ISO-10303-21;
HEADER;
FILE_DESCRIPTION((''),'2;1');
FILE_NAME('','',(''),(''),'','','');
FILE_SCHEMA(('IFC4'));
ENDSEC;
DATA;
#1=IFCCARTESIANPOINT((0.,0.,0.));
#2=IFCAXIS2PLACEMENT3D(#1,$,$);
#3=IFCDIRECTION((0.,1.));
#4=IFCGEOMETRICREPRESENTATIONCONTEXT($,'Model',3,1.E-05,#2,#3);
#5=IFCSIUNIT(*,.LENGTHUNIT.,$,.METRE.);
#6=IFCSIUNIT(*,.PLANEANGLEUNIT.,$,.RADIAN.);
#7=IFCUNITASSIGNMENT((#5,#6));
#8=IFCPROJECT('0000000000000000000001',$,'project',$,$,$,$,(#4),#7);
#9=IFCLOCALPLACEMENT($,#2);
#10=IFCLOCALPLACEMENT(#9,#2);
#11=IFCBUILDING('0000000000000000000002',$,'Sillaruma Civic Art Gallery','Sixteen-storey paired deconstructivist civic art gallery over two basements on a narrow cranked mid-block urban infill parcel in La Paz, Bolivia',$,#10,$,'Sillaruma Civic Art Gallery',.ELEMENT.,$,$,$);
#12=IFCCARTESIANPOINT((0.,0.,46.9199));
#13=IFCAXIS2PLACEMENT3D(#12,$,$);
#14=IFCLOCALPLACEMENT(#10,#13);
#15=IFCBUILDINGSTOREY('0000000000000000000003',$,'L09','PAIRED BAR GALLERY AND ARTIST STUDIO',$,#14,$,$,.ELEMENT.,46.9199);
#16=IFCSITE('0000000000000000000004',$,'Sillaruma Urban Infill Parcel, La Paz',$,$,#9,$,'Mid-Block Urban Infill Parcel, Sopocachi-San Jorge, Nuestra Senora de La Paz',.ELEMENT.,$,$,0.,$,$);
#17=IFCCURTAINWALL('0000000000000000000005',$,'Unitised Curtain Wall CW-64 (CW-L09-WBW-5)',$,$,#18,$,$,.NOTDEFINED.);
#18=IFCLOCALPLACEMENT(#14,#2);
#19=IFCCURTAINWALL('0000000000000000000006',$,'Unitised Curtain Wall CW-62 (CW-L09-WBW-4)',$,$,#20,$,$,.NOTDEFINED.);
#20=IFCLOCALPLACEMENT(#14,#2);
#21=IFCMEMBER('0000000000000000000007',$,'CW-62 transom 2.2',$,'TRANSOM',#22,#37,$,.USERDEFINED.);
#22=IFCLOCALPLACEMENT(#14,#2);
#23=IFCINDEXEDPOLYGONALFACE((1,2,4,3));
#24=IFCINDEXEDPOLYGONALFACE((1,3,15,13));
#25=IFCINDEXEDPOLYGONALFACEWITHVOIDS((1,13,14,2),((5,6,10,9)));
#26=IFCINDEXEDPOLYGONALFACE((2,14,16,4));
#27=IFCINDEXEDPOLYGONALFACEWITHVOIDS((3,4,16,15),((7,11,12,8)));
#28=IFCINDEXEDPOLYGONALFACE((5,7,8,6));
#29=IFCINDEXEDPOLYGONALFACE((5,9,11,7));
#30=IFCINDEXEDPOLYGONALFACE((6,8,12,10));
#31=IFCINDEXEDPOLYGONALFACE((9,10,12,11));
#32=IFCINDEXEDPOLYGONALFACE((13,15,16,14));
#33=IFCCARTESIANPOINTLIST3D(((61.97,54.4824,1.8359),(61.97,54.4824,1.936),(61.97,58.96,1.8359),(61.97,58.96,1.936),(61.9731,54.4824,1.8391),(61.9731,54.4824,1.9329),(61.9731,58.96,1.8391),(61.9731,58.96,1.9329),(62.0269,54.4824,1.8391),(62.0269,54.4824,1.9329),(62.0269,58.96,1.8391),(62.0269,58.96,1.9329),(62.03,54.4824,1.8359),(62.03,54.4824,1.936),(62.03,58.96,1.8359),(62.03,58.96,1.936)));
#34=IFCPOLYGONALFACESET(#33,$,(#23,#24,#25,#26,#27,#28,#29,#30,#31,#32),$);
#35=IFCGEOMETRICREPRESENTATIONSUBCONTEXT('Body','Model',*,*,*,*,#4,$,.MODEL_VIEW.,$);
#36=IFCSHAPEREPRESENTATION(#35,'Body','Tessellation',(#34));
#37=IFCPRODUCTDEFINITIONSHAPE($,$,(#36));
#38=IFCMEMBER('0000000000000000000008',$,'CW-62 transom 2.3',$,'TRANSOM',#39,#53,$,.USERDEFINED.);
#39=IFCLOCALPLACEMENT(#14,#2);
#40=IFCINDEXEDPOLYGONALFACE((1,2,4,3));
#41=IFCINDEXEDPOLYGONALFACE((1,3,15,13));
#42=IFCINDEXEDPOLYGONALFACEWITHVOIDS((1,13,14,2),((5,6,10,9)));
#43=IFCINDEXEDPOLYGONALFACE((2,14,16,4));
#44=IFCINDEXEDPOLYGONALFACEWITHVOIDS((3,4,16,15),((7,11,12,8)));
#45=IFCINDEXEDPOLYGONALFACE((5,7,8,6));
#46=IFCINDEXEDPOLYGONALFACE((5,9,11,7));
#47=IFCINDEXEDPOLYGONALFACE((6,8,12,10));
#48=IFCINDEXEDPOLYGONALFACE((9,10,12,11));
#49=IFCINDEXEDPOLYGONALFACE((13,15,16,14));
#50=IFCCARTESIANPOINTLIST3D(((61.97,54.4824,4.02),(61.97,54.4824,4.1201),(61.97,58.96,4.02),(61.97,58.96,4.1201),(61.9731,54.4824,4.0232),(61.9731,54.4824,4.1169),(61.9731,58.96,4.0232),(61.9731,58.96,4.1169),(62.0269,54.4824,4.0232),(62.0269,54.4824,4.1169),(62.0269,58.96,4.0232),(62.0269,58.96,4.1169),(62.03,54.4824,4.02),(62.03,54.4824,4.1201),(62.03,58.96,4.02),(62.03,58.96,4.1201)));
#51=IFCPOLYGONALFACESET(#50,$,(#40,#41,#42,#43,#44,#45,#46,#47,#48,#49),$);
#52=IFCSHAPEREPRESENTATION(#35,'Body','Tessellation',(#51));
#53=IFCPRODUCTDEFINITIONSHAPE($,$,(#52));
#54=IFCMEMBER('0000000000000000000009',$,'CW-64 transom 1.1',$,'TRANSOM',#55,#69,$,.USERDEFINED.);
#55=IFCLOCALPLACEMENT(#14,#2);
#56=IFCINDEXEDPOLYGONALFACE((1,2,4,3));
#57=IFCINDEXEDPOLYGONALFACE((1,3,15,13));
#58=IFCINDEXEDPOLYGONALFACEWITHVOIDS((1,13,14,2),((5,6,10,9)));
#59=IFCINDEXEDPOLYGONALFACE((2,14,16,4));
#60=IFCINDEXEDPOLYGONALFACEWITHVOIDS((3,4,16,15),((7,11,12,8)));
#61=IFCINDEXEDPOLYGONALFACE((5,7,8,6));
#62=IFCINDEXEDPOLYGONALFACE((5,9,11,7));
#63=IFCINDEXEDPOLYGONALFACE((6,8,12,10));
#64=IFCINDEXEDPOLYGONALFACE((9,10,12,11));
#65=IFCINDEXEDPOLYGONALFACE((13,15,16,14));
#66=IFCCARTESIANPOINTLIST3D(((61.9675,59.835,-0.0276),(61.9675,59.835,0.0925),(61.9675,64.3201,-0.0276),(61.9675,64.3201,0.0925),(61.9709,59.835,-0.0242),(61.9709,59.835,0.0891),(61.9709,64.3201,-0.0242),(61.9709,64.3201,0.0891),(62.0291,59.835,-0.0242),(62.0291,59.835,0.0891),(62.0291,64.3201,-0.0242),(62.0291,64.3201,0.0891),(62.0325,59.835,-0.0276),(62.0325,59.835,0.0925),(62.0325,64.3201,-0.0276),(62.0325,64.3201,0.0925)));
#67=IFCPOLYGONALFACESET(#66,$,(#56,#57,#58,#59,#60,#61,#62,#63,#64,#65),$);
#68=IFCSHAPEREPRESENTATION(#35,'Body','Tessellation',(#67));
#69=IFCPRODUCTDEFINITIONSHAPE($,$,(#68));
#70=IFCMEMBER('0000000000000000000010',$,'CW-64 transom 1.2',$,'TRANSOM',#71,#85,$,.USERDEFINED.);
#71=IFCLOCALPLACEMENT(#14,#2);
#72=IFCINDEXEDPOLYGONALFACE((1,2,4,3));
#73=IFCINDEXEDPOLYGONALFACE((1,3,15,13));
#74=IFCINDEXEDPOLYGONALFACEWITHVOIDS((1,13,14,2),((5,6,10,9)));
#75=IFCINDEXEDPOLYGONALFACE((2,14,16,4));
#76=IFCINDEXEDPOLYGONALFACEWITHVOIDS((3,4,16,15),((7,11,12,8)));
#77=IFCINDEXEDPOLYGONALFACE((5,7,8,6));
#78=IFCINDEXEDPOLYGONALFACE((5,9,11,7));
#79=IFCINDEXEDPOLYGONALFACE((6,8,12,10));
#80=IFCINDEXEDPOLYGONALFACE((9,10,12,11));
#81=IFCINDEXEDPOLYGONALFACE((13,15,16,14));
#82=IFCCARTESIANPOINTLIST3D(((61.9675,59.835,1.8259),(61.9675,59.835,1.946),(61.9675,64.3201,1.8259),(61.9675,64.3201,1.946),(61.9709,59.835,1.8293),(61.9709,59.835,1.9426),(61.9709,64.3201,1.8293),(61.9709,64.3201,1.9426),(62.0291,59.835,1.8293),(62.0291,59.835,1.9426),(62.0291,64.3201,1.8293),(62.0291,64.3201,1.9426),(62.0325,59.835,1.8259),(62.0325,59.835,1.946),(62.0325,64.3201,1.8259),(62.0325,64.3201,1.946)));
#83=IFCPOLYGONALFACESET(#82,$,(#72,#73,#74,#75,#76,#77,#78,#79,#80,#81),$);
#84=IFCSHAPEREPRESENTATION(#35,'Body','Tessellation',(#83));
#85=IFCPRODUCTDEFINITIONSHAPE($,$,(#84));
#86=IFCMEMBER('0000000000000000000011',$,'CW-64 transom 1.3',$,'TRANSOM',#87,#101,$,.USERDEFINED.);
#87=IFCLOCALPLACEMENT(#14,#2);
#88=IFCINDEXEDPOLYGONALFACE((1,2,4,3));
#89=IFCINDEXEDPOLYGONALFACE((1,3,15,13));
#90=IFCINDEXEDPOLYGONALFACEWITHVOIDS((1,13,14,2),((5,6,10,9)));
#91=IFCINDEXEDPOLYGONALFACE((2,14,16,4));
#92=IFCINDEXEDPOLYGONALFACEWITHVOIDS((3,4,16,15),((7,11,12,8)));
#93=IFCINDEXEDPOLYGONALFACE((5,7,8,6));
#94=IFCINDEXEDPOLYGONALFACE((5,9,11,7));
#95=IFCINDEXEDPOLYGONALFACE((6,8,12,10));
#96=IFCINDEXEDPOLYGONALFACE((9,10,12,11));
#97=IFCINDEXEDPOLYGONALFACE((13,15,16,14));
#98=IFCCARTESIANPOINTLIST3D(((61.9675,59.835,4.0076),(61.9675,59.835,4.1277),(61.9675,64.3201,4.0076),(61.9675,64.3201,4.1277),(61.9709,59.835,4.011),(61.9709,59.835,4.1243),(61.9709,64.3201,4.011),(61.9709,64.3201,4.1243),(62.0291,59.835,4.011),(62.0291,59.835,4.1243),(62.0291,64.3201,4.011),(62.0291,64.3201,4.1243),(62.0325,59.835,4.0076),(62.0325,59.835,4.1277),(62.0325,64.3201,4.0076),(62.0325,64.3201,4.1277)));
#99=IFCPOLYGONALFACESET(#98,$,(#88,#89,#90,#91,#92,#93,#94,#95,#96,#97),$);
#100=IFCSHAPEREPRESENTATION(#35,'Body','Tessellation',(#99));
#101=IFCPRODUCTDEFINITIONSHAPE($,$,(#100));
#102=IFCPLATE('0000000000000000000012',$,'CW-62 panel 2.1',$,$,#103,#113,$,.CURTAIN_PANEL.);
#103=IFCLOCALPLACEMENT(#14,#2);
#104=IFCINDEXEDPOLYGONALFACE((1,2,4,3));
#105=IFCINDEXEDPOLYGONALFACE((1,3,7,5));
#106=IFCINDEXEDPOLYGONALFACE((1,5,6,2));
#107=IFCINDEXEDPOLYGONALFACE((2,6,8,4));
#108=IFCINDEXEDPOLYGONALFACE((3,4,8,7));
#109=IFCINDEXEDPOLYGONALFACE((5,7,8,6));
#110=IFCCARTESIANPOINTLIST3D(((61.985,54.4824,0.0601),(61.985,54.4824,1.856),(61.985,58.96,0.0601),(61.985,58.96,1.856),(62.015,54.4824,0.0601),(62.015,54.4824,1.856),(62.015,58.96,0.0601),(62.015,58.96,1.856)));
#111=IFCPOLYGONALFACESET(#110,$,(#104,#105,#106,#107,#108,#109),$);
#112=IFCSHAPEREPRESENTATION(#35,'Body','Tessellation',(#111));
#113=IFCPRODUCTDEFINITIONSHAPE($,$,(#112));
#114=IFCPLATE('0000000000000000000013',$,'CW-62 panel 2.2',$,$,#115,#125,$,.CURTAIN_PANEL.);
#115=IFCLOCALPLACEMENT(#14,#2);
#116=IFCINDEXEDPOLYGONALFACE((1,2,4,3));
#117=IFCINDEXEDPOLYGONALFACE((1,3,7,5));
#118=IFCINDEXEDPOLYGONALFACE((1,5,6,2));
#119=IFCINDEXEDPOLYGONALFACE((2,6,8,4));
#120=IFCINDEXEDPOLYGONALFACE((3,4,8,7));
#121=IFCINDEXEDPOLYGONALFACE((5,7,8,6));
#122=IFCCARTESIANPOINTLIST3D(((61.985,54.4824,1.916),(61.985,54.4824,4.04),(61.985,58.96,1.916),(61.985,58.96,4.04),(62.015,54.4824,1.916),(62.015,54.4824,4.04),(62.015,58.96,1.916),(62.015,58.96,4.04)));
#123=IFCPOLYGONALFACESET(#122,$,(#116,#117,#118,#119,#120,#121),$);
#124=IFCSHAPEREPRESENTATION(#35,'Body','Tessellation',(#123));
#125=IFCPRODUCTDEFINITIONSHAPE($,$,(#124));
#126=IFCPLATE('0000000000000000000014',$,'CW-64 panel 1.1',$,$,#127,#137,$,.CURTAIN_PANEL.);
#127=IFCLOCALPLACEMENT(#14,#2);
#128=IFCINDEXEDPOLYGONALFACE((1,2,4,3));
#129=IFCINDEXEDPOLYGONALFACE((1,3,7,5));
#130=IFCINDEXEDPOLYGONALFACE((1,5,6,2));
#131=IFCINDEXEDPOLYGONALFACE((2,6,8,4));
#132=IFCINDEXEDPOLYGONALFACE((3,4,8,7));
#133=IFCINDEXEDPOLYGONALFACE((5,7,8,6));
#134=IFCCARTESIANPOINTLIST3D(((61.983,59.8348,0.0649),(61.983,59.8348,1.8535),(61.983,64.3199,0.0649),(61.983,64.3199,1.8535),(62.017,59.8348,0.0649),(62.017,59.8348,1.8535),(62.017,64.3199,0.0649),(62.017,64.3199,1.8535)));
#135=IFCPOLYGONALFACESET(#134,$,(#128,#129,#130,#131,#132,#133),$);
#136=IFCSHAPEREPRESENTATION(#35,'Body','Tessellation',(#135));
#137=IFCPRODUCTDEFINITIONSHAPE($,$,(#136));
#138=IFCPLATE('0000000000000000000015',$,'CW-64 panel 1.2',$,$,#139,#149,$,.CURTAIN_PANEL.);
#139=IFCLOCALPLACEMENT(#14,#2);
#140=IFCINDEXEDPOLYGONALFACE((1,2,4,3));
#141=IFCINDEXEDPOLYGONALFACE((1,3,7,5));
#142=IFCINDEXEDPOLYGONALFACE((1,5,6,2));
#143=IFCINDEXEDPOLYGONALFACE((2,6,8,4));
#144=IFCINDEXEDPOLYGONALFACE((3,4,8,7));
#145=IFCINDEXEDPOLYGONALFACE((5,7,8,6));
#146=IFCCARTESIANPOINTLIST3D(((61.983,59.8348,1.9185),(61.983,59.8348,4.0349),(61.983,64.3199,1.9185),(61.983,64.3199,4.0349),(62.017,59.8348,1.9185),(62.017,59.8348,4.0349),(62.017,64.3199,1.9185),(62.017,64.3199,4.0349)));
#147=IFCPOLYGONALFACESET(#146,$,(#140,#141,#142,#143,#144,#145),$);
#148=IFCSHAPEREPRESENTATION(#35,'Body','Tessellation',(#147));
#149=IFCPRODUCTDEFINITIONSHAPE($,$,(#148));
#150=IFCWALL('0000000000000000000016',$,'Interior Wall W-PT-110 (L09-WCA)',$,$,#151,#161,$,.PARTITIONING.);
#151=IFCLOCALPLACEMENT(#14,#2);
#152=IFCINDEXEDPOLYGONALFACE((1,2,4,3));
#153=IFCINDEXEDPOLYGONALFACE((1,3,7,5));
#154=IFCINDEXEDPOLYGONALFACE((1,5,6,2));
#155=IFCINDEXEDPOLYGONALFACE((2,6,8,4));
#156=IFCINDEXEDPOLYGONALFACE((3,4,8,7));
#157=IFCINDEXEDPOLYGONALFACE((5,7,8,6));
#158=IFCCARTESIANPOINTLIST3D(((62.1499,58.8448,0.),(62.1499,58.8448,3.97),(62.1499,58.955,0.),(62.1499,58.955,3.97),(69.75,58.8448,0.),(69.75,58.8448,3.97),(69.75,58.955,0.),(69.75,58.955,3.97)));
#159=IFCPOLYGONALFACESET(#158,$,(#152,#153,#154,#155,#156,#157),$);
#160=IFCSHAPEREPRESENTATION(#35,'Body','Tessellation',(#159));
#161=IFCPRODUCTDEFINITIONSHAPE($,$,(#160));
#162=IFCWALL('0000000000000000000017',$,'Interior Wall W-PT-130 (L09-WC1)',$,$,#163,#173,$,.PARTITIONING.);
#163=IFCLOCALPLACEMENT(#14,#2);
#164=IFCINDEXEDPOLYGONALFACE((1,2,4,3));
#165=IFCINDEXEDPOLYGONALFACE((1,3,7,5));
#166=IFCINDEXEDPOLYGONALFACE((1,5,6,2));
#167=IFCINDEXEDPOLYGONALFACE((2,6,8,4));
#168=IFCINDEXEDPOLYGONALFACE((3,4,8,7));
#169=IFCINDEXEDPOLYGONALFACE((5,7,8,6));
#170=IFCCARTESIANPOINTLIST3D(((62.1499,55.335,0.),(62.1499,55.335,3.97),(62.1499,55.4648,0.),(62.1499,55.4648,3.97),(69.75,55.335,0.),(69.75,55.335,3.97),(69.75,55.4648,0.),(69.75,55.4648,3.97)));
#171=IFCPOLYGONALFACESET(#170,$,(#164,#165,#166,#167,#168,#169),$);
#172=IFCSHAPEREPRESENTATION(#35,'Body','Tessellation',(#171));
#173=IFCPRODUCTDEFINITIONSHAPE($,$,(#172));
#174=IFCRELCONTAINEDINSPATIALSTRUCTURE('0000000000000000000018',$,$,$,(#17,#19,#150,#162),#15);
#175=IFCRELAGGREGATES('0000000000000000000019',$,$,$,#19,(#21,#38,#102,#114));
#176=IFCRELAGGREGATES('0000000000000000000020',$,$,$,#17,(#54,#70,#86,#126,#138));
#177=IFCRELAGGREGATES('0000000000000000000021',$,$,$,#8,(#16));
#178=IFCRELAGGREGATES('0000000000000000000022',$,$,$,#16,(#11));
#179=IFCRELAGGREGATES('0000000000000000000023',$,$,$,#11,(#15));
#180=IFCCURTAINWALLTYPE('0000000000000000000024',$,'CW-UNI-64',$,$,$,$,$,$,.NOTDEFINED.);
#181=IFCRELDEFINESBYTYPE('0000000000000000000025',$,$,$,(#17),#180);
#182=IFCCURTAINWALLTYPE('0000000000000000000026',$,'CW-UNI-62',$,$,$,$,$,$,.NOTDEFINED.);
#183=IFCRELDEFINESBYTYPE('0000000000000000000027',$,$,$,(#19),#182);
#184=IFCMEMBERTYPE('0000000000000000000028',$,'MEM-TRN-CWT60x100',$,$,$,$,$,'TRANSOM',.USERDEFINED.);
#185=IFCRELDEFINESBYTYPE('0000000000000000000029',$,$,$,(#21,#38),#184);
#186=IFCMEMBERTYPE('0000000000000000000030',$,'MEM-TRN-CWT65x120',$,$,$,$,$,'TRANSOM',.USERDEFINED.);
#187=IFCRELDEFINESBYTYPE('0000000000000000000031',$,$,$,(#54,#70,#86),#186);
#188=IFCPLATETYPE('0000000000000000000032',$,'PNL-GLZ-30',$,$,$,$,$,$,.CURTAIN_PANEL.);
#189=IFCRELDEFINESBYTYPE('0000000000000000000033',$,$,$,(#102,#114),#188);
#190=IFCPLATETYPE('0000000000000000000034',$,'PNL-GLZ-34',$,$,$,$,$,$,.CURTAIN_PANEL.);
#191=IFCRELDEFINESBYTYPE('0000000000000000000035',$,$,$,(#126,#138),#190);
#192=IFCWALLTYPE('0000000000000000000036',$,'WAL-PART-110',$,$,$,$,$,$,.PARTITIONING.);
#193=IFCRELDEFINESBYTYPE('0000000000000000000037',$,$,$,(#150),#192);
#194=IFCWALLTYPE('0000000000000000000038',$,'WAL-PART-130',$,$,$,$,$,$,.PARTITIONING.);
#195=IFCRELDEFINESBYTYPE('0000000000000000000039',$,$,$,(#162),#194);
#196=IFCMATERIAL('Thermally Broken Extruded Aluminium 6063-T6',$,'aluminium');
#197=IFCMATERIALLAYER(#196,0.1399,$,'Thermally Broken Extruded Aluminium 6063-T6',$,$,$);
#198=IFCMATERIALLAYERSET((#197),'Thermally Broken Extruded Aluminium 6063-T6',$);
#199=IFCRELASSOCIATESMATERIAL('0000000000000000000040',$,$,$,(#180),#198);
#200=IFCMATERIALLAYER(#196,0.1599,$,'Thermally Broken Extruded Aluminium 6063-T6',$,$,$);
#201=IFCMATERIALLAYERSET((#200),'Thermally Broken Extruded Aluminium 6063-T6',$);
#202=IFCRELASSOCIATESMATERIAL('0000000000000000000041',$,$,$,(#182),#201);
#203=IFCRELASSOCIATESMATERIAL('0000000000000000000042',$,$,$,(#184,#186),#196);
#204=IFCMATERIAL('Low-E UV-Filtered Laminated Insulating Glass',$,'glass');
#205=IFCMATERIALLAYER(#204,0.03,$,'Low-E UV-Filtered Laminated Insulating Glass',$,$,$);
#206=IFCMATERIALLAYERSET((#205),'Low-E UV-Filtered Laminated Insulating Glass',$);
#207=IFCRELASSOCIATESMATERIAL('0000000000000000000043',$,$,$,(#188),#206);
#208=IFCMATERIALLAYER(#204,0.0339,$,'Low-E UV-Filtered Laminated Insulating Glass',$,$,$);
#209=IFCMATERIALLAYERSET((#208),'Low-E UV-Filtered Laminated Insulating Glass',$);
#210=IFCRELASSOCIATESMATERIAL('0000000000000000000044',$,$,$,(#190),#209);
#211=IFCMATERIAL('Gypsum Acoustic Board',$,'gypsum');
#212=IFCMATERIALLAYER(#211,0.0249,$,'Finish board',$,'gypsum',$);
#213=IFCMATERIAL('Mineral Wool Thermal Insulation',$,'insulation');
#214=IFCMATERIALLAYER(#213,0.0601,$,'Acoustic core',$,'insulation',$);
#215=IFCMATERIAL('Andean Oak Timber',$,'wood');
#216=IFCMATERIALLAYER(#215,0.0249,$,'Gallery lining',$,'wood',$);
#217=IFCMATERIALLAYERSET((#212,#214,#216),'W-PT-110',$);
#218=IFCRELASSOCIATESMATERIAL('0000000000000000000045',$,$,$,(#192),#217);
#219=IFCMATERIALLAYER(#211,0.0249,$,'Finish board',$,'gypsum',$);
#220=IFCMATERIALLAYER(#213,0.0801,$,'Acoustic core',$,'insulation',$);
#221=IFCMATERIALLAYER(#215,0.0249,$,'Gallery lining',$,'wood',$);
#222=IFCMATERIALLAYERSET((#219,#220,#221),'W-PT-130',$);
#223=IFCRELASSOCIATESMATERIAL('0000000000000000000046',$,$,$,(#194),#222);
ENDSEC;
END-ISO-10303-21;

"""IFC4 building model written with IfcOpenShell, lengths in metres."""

from ifc_helpers import new_model, si_unit, direction, frame, frame_2d, origin, origin_2d, place, context, subcontext, project, spatial, rectangle, hollow_rectangle, extrude, material, layer, layer_set, material_profile, profile_set, type_object, element, aggregate, save


model = new_model("IFC4")

# Units and contexts
model_context = context("Model", 3, precision=1e-05, world=origin(), true_north=direction((0.0, 1.0)))
body_context = subcontext(model_context, "Body", "Model", "MODEL_VIEW")
ifc_project = project(units=[si_unit("LENGTHUNIT", "METRE"), si_unit("PLANEANGLEUNIT", "RADIAN")], contexts=[model_context])

# Site, building, storey
site_placement = place(None, origin())
site = spatial("IfcSite", under=ifc_project, at=site_placement, Name="Sillaruma Urban Infill Parcel, La Paz", LongName="Mid-Block Urban Infill Parcel, Sopocachi-San Jorge, Nuestra Senora de La Paz", CompositionType="ELEMENT", RefElevation=0.0)
building_placement = place(site_placement, origin())
building = spatial("IfcBuilding", under=site, at=building_placement, Name="Sillaruma Civic Art Gallery", Description="Sixteen-storey paired deconstructivist civic art gallery over two basements on a narrow cranked mid-block urban infill parcel in La Paz, Bolivia", LongName="Sillaruma Civic Art Gallery", CompositionType="ELEMENT")
storey_placement = place(building_placement, frame((0.0, 0.0, 46.9199)))
storey = spatial("IfcBuildingStorey", under=building, at=storey_placement, Name="L09", Description="PAIRED BAR GALLERY AND ARTIST STUDIO", CompositionType="ELEMENT", Elevation=46.9199)

# Curtain wall
ifc_material_1 = material(Name="Thermally Broken Extruded Aluminium 6063-T6", Category="aluminium")
ifc_layer_1 = layer(ifc_material_1, 0.1399, Name="Thermally Broken Extruded Aluminium 6063-T6")
ifc_layer_set_1 = layer_set([ifc_layer_1], Name="Thermally Broken Extruded Aluminium 6063-T6")
curtain_wall_type_1 = type_object("IfcCurtainWallType", Name="CW-UNI-64", PredefinedType="NOTDEFINED", material=ifc_layer_set_1)
curtain_wall_1_placement = place(storey_placement, origin())
curtain_wall_1 = element("IfcCurtainWall", 1, at=curtain_wall_1_placement, inside=storey, type_object=curtain_wall_type_1, Name="Unitised Curtain Wall CW-64 (CW-L09-WBW-5)", PredefinedType="NOTDEFINED")

# Curtain wall
ifc_layer_2 = layer(ifc_material_1, 0.1599, Name="Thermally Broken Extruded Aluminium 6063-T6")
ifc_layer_set_2 = layer_set([ifc_layer_2], Name="Thermally Broken Extruded Aluminium 6063-T6")
curtain_wall_type_2 = type_object("IfcCurtainWallType", Name="CW-UNI-62", PredefinedType="NOTDEFINED", material=ifc_layer_set_2)
curtain_wall_2_placement = place(storey_placement, origin())
curtain_wall_2 = element("IfcCurtainWall", 2, at=curtain_wall_2_placement, inside=storey, type_object=curtain_wall_type_2, Name="Unitised Curtain Wall CW-62 (CW-L09-WBW-4)", PredefinedType="NOTDEFINED")

# Members
ifc_material_profile_1 = material_profile(ifc_material_1, hollow_rectangle(XDim=0.0601, YDim=0.1001, WallThickness=0.0032, at=origin_2d()), Name="CWT60x100")
ifc_profile_set_1 = profile_set([ifc_material_profile_1], Name="Thermally Broken Extruded Aluminium 6063-T6")
member_type_1 = type_object("IfcMemberType", Name="MEM-TRN-CWT60x100", ElementType="TRANSOM", PredefinedType="USERDEFINED", material=ifc_profile_set_1)
member_1_placement = place(storey_placement, frame((62.0, 54.4824, 1.886), z_axis=(0.0, 1.0, 0.0), x_axis=(-1.0, 0.0, 0.0)))
member_1 = element("IfcMember", 3, at=member_1_placement, type_object=member_type_1, Name="CW-62 transom 2.2", ObjectType="TRANSOM", PredefinedType="USERDEFINED", context=body_context, shape_type="SweptSolid", body=[
    extrude(hollow_rectangle(XDim=0.0601, YDim=0.1001, WallThickness=0.0032, at=origin_2d()), origin(), (0.0, 0.0, 1.0), 4.4775),
])
member_2_placement = place(storey_placement, frame((62.0, 54.4824, 4.0701), z_axis=(0.0, 1.0, 0.0), x_axis=(-1.0, 0.0, 0.0)))
member_2 = element("IfcMember", 4, at=member_2_placement, type_object=member_type_1, Name="CW-62 transom 2.3", ObjectType="TRANSOM", PredefinedType="USERDEFINED", context=body_context, shape_type="SweptSolid", body=[
    extrude(hollow_rectangle(XDim=0.0601, YDim=0.1001, WallThickness=0.0032, at=origin_2d()), origin(), (0.0, 0.0, 1.0), 4.4775),
])
ifc_material_profile_2 = material_profile(ifc_material_1, hollow_rectangle(XDim=0.0649, YDim=0.1201, WallThickness=0.0034, at=origin_2d()), Name="CWT65x120")
ifc_profile_set_2 = profile_set([ifc_material_profile_2], Name="Thermally Broken Extruded Aluminium 6063-T6")
member_type_2 = type_object("IfcMemberType", Name="MEM-TRN-CWT65x120", ElementType="TRANSOM", PredefinedType="USERDEFINED", material=ifc_profile_set_2)
member_3_placement = place(storey_placement, frame((62.0, 59.835, 0.0325), z_axis=(0.0, 1.0, 0.0), x_axis=(-1.0, 0.0, 0.0)))
member_3 = element("IfcMember", 5, at=member_3_placement, type_object=member_type_2, Name="CW-64 transom 1.1", ObjectType="TRANSOM", PredefinedType="USERDEFINED", context=body_context, shape_type="SweptSolid", body=[
    extrude(hollow_rectangle(XDim=0.0649, YDim=0.1201, WallThickness=0.0034, at=origin_2d()), origin(), (0.0, 0.0, 1.0), 4.4851),
])
member_4_placement = place(storey_placement, frame((62.0, 59.835, 1.886), z_axis=(0.0, 1.0, 0.0), x_axis=(-1.0, 0.0, 0.0)))
member_4 = element("IfcMember", 6, at=member_4_placement, type_object=member_type_2, Name="CW-64 transom 1.2", ObjectType="TRANSOM", PredefinedType="USERDEFINED", context=body_context, shape_type="SweptSolid", body=[
    extrude(hollow_rectangle(XDim=0.0649, YDim=0.1201, WallThickness=0.0034, at=origin_2d()), origin(), (0.0, 0.0, 1.0), 4.4851),
])
member_5_placement = place(storey_placement, frame((62.0, 59.835, 4.0676), z_axis=(0.0, 1.0, 0.0), x_axis=(-1.0, 0.0, 0.0)))
member_5 = element("IfcMember", 7, at=member_5_placement, type_object=member_type_2, Name="CW-64 transom 1.3", ObjectType="TRANSOM", PredefinedType="USERDEFINED", context=body_context, shape_type="SweptSolid", body=[
    extrude(hollow_rectangle(XDim=0.0649, YDim=0.1201, WallThickness=0.0034, at=origin_2d()), origin(), (0.0, 0.0, 1.0), 4.4851),
])

# Plates
ifc_material_2 = material(Name="Low-E UV-Filtered Laminated Insulating Glass", Category="glass")
ifc_layer_3 = layer(ifc_material_2, 0.03, Name="Low-E UV-Filtered Laminated Insulating Glass")
ifc_layer_set_3 = layer_set([ifc_layer_3], Name="Low-E UV-Filtered Laminated Insulating Glass")
plate_type_1 = type_object("IfcPlateType", Name="PNL-GLZ-30", PredefinedType="CURTAIN_PANEL", material=ifc_layer_set_3)
plate_1_placement = place(storey_placement, frame((62.0, 56.7212, 0.0601), z_axis=(0.0, 0.0, 1.0), x_axis=(0.0, 1.0, 0.0)))
plate_1 = element("IfcPlate", 8, at=plate_1_placement, type_object=plate_type_1, Name="CW-62 panel 2.1", PredefinedType="CURTAIN_PANEL", context=body_context, shape_type="SweptSolid", body=[
    extrude(rectangle(XDim=4.4775, YDim=0.03, at=origin_2d()), origin(), (0.0, 0.0, 1.0), 1.7959),
])
plate_2_placement = place(storey_placement, frame((62.0, 56.7212, 1.916), z_axis=(0.0, 0.0, 1.0), x_axis=(0.0, 1.0, 0.0)))
plate_2 = element("IfcPlate", 9, at=plate_2_placement, type_object=plate_type_1, Name="CW-62 panel 2.2", PredefinedType="CURTAIN_PANEL", context=body_context, shape_type="SweptSolid", body=[
    extrude(rectangle(XDim=4.4775, YDim=0.03, at=origin_2d()), origin(), (0.0, 0.0, 1.0), 2.124),
])
aggregate(curtain_wall_2, [member_1, member_2, plate_1, plate_2])
ifc_layer_4 = layer(ifc_material_2, 0.0339, Name="Low-E UV-Filtered Laminated Insulating Glass")
ifc_layer_set_4 = layer_set([ifc_layer_4], Name="Low-E UV-Filtered Laminated Insulating Glass")
plate_type_2 = type_object("IfcPlateType", Name="PNL-GLZ-34", PredefinedType="CURTAIN_PANEL", material=ifc_layer_set_4)
plate_3_placement = place(storey_placement, frame((62.0, 62.0774, 0.0649), z_axis=(0.0, 0.0, 1.0), x_axis=(0.0, 1.0, 0.0)))
plate_3 = element("IfcPlate", 10, at=plate_3_placement, type_object=plate_type_2, Name="CW-64 panel 1.1", PredefinedType="CURTAIN_PANEL", context=body_context, shape_type="SweptSolid", body=[
    extrude(rectangle(XDim=4.4851, YDim=0.0339, at=origin_2d()), origin(), (0.0, 0.0, 1.0), 1.7886),
])
plate_4_placement = place(storey_placement, frame((62.0, 62.0774, 1.9185), z_axis=(0.0, 0.0, 1.0), x_axis=(0.0, 1.0, 0.0)))
plate_4 = element("IfcPlate", 11, at=plate_4_placement, type_object=plate_type_2, Name="CW-64 panel 1.2", PredefinedType="CURTAIN_PANEL", context=body_context, shape_type="SweptSolid", body=[
    extrude(rectangle(XDim=4.4851, YDim=0.0339, at=origin_2d()), origin(), (0.0, 0.0, 1.0), 2.1165),
])
aggregate(curtain_wall_1, [member_3, member_4, member_5, plate_3, plate_4])

# Walls
ifc_material_3 = material(Name="Gypsum Acoustic Board", Category="gypsum")
ifc_layer_5 = layer(ifc_material_3, 0.0249, Name="Finish board", Category="gypsum")
ifc_material_4 = material(Name="Mineral Wool Thermal Insulation", Category="insulation")
ifc_layer_6 = layer(ifc_material_4, 0.0601, Name="Acoustic core", Category="insulation")
ifc_material_5 = material(Name="Andean Oak Timber", Category="wood")
ifc_layer_7 = layer(ifc_material_5, 0.0249, Name="Gallery lining", Category="wood")
ifc_layer_set_5 = layer_set([ifc_layer_5, ifc_layer_6, ifc_layer_7], Name="W-PT-110")
wall_type_1 = type_object("IfcWallType", Name="WAL-PART-110", PredefinedType="PARTITIONING", material=ifc_layer_set_5)
wall_1_placement = place(storey_placement, frame((62.1499, 58.8999, 0.0), z_axis=(0.0, 0.0, 1.0), x_axis=(1.0, 0.0, 0.0)))
element("IfcWall", 12, at=wall_1_placement, inside=storey, type_object=wall_type_1, Name="Interior Wall W-PT-110 (L09-WCA)", PredefinedType="PARTITIONING", context=body_context, shape_type="SweptSolid", body=[
    extrude(rectangle(XDim=7.6001, YDim=0.1101, at=frame_2d((3.8, 0.0))), origin(), (0.0, 0.0, 1.0), 3.97),
])
ifc_layer_8 = layer(ifc_material_3, 0.0249, Name="Finish board", Category="gypsum")
ifc_layer_9 = layer(ifc_material_4, 0.0801, Name="Acoustic core", Category="insulation")
ifc_layer_10 = layer(ifc_material_5, 0.0249, Name="Gallery lining", Category="wood")
ifc_layer_set_6 = layer_set([ifc_layer_8, ifc_layer_9, ifc_layer_10], Name="W-PT-130")
wall_type_2 = type_object("IfcWallType", Name="WAL-PART-130", PredefinedType="PARTITIONING", material=ifc_layer_set_6)
wall_2_placement = place(storey_placement, frame((62.1499, 55.3999, 0.0), z_axis=(0.0, 0.0, 1.0), x_axis=(1.0, 0.0, 0.0)))
element("IfcWall", 13, at=wall_2_placement, inside=storey, type_object=wall_type_2, Name="Interior Wall W-PT-130 (L09-WC1)", PredefinedType="PARTITIONING", context=body_context, shape_type="SweptSolid", body=[
    extrude(rectangle(XDim=7.6001, YDim=0.1299, at=frame_2d((3.8, 0.0))), origin(), (0.0, 0.0, 1.0), 3.97),
])

save(model, "model.ifc")
